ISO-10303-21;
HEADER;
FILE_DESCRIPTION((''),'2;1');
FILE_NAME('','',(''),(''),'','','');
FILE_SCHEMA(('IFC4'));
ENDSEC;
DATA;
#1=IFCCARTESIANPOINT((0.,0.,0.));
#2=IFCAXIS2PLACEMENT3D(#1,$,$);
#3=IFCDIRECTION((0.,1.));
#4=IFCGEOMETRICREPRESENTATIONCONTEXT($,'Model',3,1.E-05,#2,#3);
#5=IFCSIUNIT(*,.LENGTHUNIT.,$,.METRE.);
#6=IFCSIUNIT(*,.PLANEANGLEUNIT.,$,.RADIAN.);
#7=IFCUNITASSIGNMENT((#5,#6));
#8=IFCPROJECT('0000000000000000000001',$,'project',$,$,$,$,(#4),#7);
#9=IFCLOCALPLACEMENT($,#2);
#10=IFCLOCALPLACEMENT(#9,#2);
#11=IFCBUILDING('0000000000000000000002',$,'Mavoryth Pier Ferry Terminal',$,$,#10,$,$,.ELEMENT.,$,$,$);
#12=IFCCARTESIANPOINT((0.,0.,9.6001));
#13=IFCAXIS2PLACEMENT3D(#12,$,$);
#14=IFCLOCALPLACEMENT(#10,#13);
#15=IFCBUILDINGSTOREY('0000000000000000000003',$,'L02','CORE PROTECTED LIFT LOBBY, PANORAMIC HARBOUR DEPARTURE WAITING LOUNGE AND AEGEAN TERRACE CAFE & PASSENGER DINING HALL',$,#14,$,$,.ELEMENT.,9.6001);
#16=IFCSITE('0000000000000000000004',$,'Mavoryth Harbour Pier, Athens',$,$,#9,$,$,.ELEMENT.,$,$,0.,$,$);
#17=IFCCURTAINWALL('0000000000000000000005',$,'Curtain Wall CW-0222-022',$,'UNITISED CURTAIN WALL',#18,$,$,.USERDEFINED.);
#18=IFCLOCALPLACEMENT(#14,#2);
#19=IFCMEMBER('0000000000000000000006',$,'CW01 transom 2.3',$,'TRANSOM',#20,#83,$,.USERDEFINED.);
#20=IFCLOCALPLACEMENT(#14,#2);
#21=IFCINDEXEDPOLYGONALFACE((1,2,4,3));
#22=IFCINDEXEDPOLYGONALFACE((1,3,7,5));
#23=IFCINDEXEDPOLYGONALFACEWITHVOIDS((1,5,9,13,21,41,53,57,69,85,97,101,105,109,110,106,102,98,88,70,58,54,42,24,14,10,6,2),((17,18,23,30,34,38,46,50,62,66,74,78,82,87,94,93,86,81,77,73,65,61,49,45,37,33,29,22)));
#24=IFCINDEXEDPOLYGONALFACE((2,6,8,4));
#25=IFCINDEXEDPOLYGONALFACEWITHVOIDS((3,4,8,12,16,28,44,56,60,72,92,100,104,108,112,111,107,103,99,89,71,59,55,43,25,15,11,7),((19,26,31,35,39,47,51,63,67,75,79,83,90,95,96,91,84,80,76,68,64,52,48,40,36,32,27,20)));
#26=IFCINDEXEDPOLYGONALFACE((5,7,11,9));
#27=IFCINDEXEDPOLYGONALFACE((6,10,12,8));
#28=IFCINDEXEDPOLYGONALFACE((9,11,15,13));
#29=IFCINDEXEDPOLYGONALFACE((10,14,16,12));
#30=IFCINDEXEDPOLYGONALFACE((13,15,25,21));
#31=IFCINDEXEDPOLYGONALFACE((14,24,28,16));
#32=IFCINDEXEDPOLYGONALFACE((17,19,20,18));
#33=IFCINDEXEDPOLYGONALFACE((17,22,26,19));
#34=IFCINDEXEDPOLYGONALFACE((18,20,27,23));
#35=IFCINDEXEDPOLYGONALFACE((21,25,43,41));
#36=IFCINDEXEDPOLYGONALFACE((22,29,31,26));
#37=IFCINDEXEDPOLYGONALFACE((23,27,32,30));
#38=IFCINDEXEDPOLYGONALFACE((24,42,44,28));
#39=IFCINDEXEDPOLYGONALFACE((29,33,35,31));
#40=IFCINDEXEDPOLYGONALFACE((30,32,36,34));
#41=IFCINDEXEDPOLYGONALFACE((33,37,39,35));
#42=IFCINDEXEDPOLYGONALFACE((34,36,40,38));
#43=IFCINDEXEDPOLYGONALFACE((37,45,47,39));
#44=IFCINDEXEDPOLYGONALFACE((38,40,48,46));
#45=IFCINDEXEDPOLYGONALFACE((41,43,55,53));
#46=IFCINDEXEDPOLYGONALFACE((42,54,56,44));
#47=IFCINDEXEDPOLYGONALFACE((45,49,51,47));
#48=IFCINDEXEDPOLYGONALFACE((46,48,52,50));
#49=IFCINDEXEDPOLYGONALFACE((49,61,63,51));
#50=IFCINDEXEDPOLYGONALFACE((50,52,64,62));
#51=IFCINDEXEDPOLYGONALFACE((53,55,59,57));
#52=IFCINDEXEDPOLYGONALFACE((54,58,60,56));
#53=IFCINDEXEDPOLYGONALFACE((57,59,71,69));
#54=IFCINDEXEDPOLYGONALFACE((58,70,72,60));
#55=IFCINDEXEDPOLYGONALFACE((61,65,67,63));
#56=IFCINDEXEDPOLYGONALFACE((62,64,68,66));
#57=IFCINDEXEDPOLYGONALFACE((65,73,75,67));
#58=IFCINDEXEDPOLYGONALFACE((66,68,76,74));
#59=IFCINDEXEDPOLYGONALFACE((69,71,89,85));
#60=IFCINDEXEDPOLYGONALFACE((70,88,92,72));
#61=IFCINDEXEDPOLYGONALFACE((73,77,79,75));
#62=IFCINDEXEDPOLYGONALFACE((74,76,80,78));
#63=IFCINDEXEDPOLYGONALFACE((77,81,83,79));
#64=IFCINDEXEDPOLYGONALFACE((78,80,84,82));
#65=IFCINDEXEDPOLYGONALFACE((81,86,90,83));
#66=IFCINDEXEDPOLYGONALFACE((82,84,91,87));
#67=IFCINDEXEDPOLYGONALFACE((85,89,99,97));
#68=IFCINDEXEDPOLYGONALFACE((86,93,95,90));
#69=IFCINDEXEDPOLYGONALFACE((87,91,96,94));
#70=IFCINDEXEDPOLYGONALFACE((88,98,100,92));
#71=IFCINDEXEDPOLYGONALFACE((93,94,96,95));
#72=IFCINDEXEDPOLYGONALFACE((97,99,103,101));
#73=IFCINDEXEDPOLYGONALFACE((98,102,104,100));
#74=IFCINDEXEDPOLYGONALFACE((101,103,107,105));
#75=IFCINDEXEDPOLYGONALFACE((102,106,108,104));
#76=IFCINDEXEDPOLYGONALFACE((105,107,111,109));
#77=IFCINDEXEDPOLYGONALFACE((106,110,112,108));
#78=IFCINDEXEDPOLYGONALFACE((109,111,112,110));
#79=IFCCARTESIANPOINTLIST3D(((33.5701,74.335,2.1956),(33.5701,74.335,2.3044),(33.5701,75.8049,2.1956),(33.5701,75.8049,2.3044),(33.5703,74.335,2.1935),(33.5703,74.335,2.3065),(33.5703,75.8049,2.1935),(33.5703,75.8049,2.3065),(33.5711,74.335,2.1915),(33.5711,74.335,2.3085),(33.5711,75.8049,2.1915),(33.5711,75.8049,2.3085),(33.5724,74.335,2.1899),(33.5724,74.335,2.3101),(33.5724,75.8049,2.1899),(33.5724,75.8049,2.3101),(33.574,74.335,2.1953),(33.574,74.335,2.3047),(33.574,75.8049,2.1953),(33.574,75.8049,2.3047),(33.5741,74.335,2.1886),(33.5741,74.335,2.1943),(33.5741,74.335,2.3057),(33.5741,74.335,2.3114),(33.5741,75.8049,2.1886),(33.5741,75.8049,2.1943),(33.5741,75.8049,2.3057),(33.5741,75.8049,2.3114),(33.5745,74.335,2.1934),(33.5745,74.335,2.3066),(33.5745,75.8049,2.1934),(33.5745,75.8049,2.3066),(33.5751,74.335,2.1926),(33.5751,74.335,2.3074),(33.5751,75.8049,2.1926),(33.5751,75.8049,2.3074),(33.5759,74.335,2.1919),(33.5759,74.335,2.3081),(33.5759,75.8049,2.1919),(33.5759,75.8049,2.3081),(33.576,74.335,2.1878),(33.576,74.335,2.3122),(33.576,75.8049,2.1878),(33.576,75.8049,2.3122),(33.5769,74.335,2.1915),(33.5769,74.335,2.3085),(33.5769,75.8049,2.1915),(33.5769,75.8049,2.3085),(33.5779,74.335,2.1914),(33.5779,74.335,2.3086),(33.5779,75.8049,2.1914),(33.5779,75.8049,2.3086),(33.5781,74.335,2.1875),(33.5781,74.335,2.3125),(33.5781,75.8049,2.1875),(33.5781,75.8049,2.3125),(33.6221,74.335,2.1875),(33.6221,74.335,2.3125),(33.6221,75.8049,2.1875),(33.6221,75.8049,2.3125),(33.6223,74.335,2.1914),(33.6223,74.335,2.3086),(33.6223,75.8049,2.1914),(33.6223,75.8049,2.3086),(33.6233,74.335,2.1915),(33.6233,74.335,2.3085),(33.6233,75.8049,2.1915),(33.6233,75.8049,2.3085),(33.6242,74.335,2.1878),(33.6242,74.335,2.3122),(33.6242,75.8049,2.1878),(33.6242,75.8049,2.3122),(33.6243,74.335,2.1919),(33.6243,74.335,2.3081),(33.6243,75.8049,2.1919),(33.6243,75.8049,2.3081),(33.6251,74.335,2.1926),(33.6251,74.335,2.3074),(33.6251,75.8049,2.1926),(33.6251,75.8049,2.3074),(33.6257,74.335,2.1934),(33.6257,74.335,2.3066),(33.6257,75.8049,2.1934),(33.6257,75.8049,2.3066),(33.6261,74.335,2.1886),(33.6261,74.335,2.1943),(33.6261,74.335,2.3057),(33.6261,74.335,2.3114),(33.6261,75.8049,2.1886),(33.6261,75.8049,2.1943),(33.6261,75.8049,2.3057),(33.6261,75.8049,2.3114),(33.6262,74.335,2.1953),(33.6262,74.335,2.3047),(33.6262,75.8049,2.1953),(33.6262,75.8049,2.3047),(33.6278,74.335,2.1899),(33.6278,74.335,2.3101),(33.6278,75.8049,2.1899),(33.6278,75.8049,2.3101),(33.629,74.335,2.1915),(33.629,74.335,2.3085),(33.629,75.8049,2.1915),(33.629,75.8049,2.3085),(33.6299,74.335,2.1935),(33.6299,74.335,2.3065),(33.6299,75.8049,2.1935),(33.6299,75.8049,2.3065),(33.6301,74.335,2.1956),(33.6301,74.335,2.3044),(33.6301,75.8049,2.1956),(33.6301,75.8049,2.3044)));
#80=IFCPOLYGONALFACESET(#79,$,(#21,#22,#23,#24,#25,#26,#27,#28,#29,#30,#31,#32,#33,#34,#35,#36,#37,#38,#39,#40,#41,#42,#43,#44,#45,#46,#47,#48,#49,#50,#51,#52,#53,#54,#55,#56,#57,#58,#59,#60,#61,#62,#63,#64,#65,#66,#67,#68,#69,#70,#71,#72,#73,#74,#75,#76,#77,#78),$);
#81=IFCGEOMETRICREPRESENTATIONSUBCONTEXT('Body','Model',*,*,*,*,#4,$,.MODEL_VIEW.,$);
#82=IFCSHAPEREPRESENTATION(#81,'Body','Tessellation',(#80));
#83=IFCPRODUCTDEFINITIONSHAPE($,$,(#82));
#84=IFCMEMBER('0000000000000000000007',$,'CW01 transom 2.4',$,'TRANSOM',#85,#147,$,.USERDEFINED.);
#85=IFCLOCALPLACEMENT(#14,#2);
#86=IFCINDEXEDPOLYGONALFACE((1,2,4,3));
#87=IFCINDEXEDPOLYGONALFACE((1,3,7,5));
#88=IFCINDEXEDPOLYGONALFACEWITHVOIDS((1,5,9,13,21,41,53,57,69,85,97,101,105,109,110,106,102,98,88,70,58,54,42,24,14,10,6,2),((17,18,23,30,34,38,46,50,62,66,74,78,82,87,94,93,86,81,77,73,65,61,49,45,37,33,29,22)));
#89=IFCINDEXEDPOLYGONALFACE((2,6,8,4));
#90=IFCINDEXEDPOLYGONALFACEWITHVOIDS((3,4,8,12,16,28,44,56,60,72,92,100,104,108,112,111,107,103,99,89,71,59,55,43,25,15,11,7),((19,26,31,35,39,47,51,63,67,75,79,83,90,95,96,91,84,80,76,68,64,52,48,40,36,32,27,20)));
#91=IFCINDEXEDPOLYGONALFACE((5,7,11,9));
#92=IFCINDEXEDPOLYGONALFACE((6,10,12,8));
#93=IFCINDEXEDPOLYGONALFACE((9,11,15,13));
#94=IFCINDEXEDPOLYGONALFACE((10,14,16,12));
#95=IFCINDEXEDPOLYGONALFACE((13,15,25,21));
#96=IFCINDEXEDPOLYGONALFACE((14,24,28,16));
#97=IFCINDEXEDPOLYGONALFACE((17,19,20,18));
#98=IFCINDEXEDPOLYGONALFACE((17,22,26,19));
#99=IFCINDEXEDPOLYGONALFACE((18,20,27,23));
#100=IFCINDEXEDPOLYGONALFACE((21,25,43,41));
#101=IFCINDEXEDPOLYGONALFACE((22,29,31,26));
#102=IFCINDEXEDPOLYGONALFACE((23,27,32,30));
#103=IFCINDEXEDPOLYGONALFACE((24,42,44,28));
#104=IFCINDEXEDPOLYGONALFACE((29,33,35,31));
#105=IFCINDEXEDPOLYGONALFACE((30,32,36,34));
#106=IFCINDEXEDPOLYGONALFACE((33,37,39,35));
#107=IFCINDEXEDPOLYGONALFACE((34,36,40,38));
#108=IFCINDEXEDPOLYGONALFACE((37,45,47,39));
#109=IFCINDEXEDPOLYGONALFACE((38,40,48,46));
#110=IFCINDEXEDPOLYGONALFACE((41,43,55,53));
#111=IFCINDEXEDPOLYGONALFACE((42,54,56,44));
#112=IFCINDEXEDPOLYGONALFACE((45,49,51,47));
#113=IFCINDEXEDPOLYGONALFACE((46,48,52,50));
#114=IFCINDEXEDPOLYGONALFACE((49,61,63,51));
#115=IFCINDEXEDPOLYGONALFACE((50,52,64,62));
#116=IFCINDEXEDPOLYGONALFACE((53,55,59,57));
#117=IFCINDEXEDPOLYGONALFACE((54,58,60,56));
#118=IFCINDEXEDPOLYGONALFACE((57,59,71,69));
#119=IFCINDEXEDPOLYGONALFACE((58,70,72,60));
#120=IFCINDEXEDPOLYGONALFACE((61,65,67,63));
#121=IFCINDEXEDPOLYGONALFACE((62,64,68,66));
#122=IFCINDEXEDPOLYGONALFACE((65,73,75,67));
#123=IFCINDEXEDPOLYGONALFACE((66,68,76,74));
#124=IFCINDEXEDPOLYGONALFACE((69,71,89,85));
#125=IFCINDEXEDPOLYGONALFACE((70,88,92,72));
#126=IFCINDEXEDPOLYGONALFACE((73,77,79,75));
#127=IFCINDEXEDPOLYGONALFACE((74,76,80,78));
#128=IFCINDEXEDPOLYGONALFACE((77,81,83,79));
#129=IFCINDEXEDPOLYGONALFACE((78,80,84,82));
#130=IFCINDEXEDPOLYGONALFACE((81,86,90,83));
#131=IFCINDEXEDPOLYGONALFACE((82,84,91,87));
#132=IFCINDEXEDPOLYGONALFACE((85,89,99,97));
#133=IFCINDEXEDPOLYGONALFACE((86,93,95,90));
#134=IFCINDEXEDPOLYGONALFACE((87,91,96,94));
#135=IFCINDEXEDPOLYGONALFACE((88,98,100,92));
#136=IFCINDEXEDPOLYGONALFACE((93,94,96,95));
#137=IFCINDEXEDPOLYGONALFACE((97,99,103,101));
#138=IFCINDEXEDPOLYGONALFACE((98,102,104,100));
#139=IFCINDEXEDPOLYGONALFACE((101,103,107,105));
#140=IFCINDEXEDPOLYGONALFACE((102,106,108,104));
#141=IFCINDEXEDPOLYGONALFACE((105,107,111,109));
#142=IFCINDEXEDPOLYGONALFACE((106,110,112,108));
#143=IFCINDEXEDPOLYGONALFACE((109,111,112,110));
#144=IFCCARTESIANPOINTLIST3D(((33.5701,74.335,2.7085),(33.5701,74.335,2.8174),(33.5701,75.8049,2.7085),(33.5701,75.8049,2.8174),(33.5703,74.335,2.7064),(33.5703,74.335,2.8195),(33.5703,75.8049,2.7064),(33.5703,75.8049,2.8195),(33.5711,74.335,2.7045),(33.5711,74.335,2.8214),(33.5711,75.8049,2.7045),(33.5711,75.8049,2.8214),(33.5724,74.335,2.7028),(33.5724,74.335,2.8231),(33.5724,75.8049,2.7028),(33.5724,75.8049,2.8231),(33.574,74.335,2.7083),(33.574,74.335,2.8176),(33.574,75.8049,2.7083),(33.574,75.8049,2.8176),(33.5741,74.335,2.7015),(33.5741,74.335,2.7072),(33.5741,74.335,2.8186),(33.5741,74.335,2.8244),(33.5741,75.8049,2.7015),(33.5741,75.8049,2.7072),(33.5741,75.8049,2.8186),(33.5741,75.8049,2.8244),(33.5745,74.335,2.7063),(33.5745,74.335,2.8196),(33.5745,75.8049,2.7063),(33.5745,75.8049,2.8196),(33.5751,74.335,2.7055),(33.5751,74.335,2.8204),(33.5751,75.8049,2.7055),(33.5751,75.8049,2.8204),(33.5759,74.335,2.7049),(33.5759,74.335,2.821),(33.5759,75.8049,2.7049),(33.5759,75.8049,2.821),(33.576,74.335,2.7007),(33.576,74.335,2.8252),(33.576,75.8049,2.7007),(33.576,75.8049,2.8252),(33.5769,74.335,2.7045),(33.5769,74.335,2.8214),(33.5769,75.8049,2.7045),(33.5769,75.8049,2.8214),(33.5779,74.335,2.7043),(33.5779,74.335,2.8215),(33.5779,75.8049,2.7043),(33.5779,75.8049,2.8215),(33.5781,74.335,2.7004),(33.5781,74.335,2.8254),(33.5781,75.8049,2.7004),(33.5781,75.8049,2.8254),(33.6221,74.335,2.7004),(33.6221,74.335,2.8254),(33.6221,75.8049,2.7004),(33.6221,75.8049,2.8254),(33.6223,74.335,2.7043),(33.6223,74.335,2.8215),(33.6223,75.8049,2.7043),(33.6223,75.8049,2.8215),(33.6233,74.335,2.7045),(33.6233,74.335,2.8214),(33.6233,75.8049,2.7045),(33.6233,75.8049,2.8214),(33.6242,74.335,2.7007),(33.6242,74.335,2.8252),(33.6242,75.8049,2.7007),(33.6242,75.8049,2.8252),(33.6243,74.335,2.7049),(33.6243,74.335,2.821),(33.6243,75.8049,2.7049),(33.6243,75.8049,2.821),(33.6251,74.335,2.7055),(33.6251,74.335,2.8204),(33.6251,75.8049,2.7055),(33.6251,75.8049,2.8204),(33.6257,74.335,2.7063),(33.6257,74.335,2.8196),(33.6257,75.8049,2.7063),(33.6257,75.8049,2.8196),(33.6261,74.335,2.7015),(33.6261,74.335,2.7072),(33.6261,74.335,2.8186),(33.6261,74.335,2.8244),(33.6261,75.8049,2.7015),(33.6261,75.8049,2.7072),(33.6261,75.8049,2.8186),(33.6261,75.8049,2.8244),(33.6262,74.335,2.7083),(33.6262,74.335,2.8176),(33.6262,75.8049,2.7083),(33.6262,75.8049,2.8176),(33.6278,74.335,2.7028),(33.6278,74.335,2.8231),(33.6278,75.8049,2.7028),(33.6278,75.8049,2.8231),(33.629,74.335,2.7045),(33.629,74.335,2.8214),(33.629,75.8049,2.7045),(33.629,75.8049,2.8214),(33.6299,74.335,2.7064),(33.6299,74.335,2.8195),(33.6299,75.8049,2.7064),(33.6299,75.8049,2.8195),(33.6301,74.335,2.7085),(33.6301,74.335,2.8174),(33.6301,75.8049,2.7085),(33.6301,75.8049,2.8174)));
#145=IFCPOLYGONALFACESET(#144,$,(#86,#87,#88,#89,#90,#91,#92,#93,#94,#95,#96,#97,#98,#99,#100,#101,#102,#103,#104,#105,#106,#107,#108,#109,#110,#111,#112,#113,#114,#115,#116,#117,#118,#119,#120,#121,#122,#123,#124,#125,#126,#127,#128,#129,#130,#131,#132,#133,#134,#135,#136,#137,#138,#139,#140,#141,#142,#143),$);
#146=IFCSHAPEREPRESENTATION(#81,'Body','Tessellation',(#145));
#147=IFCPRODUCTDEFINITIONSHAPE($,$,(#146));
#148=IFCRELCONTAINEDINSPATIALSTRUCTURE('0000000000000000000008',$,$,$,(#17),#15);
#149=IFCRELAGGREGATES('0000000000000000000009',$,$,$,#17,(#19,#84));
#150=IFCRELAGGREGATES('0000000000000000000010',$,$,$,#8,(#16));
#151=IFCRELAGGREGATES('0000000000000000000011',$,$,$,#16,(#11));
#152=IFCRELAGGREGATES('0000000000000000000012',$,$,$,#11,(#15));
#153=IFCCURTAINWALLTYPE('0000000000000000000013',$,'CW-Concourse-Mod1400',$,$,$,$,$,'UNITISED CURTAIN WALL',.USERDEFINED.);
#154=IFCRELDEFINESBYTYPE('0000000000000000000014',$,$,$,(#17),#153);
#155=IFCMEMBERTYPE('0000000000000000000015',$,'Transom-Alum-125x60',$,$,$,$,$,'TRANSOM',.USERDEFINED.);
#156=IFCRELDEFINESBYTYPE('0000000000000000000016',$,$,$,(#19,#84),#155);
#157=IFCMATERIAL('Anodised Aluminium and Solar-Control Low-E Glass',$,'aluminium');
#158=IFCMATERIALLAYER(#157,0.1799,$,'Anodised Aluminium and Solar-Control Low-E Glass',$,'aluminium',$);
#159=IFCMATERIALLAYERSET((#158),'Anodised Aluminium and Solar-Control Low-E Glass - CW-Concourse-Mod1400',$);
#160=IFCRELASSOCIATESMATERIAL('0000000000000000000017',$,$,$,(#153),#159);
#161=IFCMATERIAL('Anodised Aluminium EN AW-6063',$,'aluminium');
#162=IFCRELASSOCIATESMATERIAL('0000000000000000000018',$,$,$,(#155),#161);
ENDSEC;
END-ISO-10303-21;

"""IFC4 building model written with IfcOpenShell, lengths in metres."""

from ifc_helpers import new_model, si_unit, direction, frame, origin, origin_2d, place, context, subcontext, project, spatial, hollow_rectangle, extrude, material, layer, layer_set, material_profile, profile_set, type_object, element, aggregate, save


model = new_model("IFC4")

# Units and contexts
model_context = context("Model", 3, precision=1e-05, world=origin(), true_north=direction((0.0, 1.0)))
body_context = subcontext(model_context, "Body", "Model", "MODEL_VIEW")
ifc_project = project(units=[si_unit("LENGTHUNIT", "METRE"), si_unit("PLANEANGLEUNIT", "RADIAN")], contexts=[model_context])

# Site, building, storey
site_placement = place(None, origin())
site = spatial("IfcSite", under=ifc_project, at=site_placement, Name="Mavoryth Harbour Pier, Athens", CompositionType="ELEMENT", RefElevation=0.0)
building_placement = place(site_placement, origin())
building = spatial("IfcBuilding", under=site, at=building_placement, Name="Mavoryth Pier Ferry Terminal", CompositionType="ELEMENT")
storey_placement = place(building_placement, frame((0.0, 0.0, 9.6001)))
storey = spatial("IfcBuildingStorey", under=building, at=storey_placement, Name="L02", Description="CORE PROTECTED LIFT LOBBY, PANORAMIC HARBOUR DEPARTURE WAITING LOUNGE AND AEGEAN TERRACE CAFE & PASSENGER DINING HALL", CompositionType="ELEMENT", Elevation=9.6001)

# Curtain wall, members
ifc_material_1 = material(Name="Anodised Aluminium and Solar-Control Low-E Glass", Category="aluminium")
ifc_layer_1 = layer(ifc_material_1, 0.1799, Name="Anodised Aluminium and Solar-Control Low-E Glass", Category="aluminium")
ifc_layer_set_1 = layer_set([ifc_layer_1], Name="Anodised Aluminium and Solar-Control Low-E Glass - CW-Concourse-Mod1400")
curtain_wall_type = type_object("IfcCurtainWallType", Name="CW-Concourse-Mod1400", ElementType="UNITISED CURTAIN WALL", PredefinedType="USERDEFINED", material=ifc_layer_set_1)
curtain_wall_placement = place(storey_placement, origin())
curtain_wall = element("IfcCurtainWall", 1, at=curtain_wall_placement, inside=storey, type_object=curtain_wall_type, Name="Curtain Wall CW-0222-022", ObjectType="UNITISED CURTAIN WALL", PredefinedType="USERDEFINED")
ifc_material_2 = material(Name="Anodised Aluminium EN AW-6063", Category="aluminium")
ifc_material_profile_1 = material_profile(ifc_material_2, hollow_rectangle(XDim=0.0601, YDim=0.125, WallThickness=0.0039, InnerFilletRadius=0.0039, OuterFilletRadius=0.0081, at=origin_2d()), Name="AL-TRAN 125x60x4", Category="aluminium")
ifc_profile_set_1 = profile_set([ifc_material_profile_1], Name="Anodised Aluminium EN AW-6063 - AL-TRAN 125x60x4")
member_type_1 = type_object("IfcMemberType", Name="Transom-Alum-125x60", ElementType="TRANSOM", PredefinedType="USERDEFINED", material=ifc_profile_set_1)
member_1_placement = place(storey_placement, frame((33.6001, 74.335, 2.25), z_axis=(0.0, 1.0, 0.0), x_axis=(-1.0, 0.0, 0.0)))
member_1 = element("IfcMember", 2, at=member_1_placement, type_object=member_type_1, Name="CW01 transom 2.3", ObjectType="TRANSOM", PredefinedType="USERDEFINED", context=body_context, shape_type="SweptSolid", body=[
    extrude(hollow_rectangle(XDim=0.0601, YDim=0.125, WallThickness=0.0039, InnerFilletRadius=0.0039, OuterFilletRadius=0.0081, at=origin_2d()), origin(), (0.0, 0.0, 1.0), 1.47),
])
member_2_placement = place(storey_placement, frame((33.6001, 74.335, 2.7629), z_axis=(0.0, 1.0, 0.0), x_axis=(-1.0, 0.0, 0.0)))
member_2 = element("IfcMember", 3, at=member_2_placement, type_object=member_type_1, Name="CW01 transom 2.4", ObjectType="TRANSOM", PredefinedType="USERDEFINED", context=body_context, shape_type="SweptSolid", body=[
    extrude(hollow_rectangle(XDim=0.0601, YDim=0.125, WallThickness=0.0039, InnerFilletRadius=0.0039, OuterFilletRadius=0.0081, at=origin_2d()), origin(), (0.0, 0.0, 1.0), 1.47),
])
aggregate(curtain_wall, [member_1, member_2])

save(model, "model.ifc")
